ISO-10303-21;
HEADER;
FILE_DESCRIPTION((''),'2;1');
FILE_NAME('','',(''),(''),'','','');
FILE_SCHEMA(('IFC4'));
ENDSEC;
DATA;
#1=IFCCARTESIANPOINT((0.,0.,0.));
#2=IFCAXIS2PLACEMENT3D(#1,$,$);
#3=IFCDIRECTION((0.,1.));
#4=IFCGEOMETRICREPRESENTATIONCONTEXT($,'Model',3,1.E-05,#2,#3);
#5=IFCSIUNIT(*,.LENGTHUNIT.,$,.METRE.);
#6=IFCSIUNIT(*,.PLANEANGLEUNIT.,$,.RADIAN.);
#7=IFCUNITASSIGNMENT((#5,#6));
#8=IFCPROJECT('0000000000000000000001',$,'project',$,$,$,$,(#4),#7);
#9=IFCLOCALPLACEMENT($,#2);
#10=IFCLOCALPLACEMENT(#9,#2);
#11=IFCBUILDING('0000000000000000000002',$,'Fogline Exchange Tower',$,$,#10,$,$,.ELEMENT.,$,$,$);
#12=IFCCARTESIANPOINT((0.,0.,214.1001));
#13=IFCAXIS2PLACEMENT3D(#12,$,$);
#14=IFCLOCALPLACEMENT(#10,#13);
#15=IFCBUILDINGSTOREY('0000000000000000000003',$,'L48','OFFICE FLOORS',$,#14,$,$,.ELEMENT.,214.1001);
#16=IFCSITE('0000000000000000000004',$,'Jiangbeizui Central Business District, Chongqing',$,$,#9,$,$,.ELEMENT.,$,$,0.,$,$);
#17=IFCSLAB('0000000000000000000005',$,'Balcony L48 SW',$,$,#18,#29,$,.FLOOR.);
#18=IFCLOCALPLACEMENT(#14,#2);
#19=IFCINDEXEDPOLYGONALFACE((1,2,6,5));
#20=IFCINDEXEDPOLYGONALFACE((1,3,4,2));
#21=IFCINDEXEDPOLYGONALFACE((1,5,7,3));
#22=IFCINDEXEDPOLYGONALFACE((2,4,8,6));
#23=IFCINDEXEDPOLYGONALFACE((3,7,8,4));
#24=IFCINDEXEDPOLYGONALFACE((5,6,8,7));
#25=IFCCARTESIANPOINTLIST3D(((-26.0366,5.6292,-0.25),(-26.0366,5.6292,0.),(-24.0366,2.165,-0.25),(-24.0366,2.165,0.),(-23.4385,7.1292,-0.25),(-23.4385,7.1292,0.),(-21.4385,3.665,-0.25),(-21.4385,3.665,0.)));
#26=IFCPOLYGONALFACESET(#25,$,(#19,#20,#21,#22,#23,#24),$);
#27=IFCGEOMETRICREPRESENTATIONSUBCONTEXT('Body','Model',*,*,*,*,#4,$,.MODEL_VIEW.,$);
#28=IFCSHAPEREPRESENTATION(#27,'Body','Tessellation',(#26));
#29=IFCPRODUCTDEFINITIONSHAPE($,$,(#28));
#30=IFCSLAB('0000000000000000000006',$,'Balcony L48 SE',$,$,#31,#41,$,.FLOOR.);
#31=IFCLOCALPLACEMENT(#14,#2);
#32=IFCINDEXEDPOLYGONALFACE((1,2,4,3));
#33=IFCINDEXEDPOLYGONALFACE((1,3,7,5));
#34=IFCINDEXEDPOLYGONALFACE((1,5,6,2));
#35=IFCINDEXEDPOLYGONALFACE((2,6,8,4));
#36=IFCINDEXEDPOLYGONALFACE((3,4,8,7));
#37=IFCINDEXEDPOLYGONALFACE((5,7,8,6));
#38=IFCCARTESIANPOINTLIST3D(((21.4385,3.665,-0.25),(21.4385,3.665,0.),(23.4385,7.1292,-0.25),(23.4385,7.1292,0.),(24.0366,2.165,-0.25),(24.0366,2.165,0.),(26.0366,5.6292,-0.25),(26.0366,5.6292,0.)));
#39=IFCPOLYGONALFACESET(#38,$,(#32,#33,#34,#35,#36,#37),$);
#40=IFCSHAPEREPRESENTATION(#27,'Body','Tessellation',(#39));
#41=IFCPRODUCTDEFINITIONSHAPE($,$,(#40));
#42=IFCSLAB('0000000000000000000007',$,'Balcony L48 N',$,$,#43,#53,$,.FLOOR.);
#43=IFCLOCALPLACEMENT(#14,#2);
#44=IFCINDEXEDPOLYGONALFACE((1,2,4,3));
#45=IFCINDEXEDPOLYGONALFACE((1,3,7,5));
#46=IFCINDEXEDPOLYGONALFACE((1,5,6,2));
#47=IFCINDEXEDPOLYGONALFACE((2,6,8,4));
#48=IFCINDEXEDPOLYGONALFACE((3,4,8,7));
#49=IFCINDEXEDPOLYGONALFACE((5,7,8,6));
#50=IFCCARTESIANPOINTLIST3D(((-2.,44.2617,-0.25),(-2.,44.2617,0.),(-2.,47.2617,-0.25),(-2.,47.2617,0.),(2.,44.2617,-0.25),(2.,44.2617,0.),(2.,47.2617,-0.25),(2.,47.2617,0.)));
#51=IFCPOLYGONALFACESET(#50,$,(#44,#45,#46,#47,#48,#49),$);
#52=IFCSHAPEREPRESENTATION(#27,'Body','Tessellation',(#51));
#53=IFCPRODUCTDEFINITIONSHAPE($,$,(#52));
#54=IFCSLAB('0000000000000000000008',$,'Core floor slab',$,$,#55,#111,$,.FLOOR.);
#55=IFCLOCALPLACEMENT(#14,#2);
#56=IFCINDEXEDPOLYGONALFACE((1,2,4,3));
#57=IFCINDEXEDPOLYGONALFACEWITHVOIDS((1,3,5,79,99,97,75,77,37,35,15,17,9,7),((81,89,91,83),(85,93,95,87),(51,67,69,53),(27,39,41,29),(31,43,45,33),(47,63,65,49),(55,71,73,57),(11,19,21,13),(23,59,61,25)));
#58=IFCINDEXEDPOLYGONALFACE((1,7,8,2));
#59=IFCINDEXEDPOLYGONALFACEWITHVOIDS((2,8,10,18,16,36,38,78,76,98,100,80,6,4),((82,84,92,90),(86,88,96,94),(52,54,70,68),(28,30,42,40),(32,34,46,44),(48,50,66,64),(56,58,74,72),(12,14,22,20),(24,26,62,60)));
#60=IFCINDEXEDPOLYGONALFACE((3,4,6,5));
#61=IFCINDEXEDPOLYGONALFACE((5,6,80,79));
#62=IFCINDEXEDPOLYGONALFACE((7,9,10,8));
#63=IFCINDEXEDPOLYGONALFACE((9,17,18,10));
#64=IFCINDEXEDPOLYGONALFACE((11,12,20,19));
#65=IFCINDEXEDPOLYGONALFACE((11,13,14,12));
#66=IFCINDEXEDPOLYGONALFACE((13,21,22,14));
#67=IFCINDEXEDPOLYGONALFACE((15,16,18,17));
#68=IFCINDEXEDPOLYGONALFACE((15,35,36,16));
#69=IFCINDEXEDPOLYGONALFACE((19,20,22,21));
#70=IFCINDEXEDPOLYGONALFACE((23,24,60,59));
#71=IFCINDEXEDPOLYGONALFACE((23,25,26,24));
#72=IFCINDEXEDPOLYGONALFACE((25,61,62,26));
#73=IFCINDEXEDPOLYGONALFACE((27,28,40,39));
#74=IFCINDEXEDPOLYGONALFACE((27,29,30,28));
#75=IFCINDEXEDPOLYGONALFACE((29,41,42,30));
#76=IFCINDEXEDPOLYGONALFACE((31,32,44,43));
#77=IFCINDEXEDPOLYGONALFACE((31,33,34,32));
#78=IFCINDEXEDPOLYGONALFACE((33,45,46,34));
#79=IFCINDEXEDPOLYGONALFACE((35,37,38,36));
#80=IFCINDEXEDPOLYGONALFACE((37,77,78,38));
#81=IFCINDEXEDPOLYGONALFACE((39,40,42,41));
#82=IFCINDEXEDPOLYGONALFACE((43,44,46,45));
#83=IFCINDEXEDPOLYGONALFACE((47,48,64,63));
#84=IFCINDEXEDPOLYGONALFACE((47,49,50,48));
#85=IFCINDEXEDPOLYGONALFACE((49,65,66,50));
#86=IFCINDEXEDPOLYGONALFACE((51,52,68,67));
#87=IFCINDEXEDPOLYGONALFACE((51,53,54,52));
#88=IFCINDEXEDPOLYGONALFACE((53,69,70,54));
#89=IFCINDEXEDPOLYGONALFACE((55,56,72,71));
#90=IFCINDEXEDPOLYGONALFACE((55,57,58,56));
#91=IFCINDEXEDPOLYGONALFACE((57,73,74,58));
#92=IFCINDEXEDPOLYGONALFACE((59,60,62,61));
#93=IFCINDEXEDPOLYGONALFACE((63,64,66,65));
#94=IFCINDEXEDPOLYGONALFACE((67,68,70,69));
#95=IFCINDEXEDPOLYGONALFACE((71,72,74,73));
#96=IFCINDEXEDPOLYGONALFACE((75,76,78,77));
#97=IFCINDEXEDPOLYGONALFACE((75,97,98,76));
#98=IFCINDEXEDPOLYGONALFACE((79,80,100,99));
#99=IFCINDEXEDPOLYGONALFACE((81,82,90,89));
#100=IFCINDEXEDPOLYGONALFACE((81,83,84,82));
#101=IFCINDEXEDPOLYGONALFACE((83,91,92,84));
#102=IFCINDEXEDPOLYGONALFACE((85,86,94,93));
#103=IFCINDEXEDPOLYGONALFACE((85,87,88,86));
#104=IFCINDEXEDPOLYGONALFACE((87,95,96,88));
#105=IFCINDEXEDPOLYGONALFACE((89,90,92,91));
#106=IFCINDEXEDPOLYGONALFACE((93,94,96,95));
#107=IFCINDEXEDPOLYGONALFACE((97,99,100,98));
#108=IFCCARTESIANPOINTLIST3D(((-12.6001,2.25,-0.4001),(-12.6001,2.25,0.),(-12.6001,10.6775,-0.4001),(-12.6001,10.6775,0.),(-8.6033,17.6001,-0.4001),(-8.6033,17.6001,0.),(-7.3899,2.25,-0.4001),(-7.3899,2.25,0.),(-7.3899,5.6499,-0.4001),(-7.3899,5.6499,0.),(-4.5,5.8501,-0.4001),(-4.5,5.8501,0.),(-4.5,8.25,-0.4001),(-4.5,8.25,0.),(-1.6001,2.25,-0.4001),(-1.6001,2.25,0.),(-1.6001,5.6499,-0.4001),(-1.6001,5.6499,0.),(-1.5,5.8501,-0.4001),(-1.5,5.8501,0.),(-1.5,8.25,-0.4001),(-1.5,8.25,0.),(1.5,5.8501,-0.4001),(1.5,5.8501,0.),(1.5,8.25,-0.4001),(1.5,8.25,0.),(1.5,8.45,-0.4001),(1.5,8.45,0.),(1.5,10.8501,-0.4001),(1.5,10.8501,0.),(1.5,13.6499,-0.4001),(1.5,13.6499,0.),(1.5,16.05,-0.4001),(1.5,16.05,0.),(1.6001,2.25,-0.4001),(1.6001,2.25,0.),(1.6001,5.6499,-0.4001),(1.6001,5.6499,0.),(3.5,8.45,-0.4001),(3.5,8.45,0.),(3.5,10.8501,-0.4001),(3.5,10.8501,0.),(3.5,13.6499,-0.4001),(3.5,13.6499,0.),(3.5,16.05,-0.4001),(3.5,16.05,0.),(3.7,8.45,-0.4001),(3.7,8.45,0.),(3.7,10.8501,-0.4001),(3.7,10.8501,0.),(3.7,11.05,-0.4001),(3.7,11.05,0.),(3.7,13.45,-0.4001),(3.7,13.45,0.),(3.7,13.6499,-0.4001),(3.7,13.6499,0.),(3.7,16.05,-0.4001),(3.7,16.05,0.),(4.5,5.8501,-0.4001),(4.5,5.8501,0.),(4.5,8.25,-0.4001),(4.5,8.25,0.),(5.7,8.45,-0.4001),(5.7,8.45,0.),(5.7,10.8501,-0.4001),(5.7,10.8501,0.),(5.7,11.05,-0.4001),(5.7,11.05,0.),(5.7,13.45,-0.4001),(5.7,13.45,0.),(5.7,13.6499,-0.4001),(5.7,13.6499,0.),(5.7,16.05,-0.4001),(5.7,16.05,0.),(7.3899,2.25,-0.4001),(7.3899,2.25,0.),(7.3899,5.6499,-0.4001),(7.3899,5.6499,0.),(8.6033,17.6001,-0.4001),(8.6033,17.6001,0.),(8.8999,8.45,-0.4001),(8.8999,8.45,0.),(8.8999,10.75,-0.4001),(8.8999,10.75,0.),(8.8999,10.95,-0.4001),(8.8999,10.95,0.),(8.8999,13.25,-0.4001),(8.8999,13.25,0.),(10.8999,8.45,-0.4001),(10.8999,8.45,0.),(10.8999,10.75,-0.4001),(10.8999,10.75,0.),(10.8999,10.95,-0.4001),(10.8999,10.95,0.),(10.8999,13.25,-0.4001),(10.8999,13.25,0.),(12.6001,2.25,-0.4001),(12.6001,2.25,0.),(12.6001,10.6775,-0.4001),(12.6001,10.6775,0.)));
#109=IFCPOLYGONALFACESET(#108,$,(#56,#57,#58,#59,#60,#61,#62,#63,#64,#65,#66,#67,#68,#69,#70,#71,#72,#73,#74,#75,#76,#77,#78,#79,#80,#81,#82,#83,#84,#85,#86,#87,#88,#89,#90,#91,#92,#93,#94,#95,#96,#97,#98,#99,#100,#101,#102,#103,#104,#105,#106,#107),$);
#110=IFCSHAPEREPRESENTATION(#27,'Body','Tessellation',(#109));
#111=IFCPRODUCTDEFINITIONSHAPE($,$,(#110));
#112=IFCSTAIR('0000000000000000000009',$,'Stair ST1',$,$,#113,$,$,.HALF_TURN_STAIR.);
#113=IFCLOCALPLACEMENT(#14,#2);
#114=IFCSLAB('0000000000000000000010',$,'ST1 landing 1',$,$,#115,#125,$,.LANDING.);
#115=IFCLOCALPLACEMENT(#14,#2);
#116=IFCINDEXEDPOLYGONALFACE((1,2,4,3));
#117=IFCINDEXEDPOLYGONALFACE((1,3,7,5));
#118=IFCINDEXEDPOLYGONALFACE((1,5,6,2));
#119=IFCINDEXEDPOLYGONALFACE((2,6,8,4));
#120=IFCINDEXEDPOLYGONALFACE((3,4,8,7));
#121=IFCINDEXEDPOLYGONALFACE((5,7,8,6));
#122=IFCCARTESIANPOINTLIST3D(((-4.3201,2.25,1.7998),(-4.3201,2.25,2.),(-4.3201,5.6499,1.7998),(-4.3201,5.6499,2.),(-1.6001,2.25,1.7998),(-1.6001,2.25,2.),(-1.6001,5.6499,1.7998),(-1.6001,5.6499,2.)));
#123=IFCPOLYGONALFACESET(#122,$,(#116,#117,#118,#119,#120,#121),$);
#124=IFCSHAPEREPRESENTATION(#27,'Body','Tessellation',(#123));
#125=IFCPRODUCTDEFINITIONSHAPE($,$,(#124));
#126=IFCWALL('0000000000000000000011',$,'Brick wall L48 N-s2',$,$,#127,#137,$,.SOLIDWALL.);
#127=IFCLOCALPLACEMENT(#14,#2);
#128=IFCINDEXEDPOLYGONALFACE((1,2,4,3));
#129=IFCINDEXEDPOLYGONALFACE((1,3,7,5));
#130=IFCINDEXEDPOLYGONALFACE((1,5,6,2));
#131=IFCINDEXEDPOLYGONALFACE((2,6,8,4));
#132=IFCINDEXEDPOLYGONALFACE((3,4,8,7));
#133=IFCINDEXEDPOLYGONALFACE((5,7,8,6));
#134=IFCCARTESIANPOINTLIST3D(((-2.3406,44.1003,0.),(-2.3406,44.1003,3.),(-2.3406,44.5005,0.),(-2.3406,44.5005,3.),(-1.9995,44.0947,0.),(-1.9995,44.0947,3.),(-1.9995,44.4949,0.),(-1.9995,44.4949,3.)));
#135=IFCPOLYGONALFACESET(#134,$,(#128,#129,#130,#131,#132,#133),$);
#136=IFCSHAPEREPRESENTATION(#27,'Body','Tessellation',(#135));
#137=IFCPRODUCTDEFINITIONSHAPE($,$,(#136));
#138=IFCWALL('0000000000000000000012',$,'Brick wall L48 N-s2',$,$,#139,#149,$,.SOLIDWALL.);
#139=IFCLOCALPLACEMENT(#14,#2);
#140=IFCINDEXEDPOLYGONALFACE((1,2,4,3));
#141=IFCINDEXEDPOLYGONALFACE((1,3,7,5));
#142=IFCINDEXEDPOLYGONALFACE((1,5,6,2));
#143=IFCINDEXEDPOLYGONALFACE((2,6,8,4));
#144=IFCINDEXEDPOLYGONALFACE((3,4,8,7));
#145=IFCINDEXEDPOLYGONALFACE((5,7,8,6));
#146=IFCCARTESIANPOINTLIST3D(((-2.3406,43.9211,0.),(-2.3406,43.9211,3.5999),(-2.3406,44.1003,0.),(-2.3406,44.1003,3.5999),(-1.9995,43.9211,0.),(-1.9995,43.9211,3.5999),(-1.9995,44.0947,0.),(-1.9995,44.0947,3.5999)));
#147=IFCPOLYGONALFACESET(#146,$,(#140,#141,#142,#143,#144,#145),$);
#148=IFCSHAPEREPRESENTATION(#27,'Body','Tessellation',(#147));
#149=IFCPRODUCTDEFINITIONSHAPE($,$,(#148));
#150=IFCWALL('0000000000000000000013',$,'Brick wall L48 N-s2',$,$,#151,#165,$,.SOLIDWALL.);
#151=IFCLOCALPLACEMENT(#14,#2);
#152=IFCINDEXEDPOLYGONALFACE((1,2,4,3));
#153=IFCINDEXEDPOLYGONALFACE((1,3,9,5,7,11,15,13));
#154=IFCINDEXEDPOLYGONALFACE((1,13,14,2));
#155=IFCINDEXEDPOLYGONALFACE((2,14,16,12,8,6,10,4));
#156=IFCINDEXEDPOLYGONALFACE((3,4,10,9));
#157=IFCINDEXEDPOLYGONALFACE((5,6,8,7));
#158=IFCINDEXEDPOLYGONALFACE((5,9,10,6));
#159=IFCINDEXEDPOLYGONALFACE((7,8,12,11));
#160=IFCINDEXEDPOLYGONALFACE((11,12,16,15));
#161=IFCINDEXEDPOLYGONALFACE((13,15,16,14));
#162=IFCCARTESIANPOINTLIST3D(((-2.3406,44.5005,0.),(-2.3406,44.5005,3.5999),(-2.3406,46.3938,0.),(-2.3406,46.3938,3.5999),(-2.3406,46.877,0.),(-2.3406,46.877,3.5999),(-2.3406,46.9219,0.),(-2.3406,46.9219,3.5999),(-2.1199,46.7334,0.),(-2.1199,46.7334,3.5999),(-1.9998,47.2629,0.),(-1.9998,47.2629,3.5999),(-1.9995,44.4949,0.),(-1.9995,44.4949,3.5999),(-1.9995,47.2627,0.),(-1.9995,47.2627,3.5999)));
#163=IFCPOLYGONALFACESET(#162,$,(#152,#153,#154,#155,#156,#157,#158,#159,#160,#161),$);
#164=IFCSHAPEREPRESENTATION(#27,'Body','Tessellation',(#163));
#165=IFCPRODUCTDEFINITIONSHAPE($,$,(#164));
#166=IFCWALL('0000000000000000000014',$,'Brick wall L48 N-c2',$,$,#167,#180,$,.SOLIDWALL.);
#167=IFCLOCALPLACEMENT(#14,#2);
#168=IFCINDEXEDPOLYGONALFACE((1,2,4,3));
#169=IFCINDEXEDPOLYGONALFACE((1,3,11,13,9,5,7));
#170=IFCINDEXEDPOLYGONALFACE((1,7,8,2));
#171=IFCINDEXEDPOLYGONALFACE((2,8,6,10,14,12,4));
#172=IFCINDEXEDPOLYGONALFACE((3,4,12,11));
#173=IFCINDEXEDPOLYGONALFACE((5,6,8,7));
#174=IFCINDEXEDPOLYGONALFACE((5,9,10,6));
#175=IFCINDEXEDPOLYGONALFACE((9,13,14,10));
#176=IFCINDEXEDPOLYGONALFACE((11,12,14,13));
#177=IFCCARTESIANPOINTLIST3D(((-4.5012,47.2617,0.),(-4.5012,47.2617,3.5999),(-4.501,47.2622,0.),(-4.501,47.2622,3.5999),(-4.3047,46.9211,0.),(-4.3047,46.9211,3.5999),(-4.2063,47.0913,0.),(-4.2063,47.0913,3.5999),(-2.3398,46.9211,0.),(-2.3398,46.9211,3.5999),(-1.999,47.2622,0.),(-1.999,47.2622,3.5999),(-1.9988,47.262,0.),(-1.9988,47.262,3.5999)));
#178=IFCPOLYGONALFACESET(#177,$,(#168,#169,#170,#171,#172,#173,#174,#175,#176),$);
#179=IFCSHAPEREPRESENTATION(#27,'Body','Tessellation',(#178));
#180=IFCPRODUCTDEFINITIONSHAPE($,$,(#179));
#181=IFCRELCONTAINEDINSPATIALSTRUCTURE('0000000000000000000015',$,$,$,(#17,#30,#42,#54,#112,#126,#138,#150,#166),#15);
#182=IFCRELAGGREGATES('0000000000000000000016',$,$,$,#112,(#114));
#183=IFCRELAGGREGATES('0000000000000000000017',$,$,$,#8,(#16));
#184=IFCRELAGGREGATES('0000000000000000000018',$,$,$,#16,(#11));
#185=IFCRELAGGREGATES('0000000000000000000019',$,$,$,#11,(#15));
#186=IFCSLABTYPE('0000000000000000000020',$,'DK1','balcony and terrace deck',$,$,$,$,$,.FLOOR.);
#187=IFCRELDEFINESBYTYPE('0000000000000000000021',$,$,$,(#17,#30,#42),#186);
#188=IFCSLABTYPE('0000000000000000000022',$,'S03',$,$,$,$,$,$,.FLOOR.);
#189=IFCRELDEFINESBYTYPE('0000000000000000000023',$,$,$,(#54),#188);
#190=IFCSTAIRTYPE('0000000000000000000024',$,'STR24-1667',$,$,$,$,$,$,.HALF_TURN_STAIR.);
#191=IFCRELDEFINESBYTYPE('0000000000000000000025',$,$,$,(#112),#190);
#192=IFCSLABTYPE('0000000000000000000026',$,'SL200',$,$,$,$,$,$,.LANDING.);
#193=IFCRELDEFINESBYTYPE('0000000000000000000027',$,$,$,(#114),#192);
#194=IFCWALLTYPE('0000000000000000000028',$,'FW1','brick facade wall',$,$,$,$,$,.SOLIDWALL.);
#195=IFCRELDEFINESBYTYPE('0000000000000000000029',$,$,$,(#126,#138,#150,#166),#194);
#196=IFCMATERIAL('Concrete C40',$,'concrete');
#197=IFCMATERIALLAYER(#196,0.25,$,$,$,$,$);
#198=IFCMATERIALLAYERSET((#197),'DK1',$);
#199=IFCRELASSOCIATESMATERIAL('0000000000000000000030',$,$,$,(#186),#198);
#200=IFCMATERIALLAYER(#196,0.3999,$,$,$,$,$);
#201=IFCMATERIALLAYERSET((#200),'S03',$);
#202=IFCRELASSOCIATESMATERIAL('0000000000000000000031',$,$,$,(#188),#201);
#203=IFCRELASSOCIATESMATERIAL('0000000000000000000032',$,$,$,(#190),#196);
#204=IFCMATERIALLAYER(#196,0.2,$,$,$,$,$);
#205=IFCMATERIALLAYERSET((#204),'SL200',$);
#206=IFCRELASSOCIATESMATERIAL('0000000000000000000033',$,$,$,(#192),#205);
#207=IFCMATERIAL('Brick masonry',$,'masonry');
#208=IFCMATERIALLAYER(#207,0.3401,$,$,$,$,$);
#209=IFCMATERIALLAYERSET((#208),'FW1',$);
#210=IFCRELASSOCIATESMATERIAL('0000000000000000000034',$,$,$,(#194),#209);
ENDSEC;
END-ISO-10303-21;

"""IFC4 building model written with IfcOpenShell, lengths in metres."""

from ifc_helpers import new_model, si_unit, direction, frame, origin, place, context, subcontext, project, spatial, polyline, outline, extrude, material, layer, layer_set, type_object, element, aggregate, save


model = new_model("IFC4")

# Units and contexts
model_context = context("Model", 3, precision=1e-05, world=origin(), true_north=direction((0.0, 1.0)))
body_context = subcontext(model_context, "Body", "Model", "MODEL_VIEW")
ifc_project = project(units=[si_unit("LENGTHUNIT", "METRE"), si_unit("PLANEANGLEUNIT", "RADIAN")], contexts=[model_context])

# Site, building, storey
site_placement = place(None, origin())
site = spatial("IfcSite", under=ifc_project, at=site_placement, Name="Jiangbeizui Central Business District, Chongqing", CompositionType="ELEMENT", RefElevation=0.0)
building_placement = place(site_placement, origin())
building = spatial("IfcBuilding", under=site, at=building_placement, Name="Fogline Exchange Tower", CompositionType="ELEMENT")
storey_placement = place(building_placement, frame((0.0, 0.0, 214.1001)))
storey = spatial("IfcBuildingStorey", under=building, at=storey_placement, Name="L48", Description="OFFICE FLOORS", CompositionType="ELEMENT", Elevation=214.1001)

# Slabs
ifc_material_1 = material(Name="Concrete C40", Category="concrete")
ifc_layer_1 = layer(ifc_material_1, 0.25)
ifc_layer_set_1 = layer_set([ifc_layer_1], Name="DK1")
slab_type_1 = type_object("IfcSlabType", Name="DK1", Description="balcony and terrace deck", PredefinedType="FLOOR", material=ifc_layer_set_1)
slab_1_placement = place(storey_placement, frame((0.0, 0.0, -0.25)))
element("IfcSlab", 1, at=slab_1_placement, inside=storey, type_object=slab_type_1, Name="Balcony L48 SW", PredefinedType="FLOOR", context=body_context, shape_type="SweptSolid", body=[
    extrude(outline(polyline([(-26.0366, 5.6292), (-24.0366, 2.165), (-21.4385, 3.665), (-23.4385, 7.1292), (-26.0366, 5.6292)])), origin(), (0.0, 0.0, 1.0), 0.25),
])
slab_2_placement = place(storey_placement, frame((0.0, 0.0, -0.25)))
element("IfcSlab", 2, at=slab_2_placement, inside=storey, type_object=slab_type_1, Name="Balcony L48 SE", PredefinedType="FLOOR", context=body_context, shape_type="SweptSolid", body=[
    extrude(outline(polyline([(24.0366, 2.165), (26.0366, 5.6292), (23.4385, 7.1292), (21.4385, 3.665), (24.0366, 2.165)])), origin(), (0.0, 0.0, 1.0), 0.25),
])
slab_3_placement = place(storey_placement, frame((0.0, 0.0, -0.25)))
element("IfcSlab", 3, at=slab_3_placement, inside=storey, type_object=slab_type_1, Name="Balcony L48 N", PredefinedType="FLOOR", context=body_context, shape_type="SweptSolid", body=[
    extrude(outline(polyline([(2.0, 47.2617), (-2.0, 47.2617), (-2.0, 44.2617), (2.0, 44.2617), (2.0, 47.2617)])), origin(), (0.0, 0.0, 1.0), 0.25),
])
ifc_layer_2 = layer(ifc_material_1, 0.3999)
ifc_layer_set_2 = layer_set([ifc_layer_2], Name="S03")
slab_type_2 = type_object("IfcSlabType", Name="S03", PredefinedType="FLOOR", material=ifc_layer_set_2)
slab_4_placement = place(storey_placement, frame((0.0, 0.0, -0.4001)))
element("IfcSlab", 4, at=slab_4_placement, inside=storey, type_object=slab_type_2, Name="Core floor slab", PredefinedType="FLOOR", context=body_context, shape_type="SweptSolid", body=[
    extrude(outline(polyline([(-12.6001, 2.25), (-12.6001, 10.6775), (-8.6033, 17.6001), (8.6033, 17.6001), (12.6001, 10.6775), (12.6001, 2.25), (7.3899, 2.25), (7.3899, 5.6499), (1.6001, 5.6499), (1.6001, 2.25), (-1.6001, 2.25), (-1.6001, 5.6499), (-7.3899, 5.6499), (-7.3899, 2.25), (-12.6001, 2.25)]), holes=[polyline([(-4.5, 8.25), (-4.5, 5.8501), (-1.5, 5.8501), (-1.5, 8.25), (-4.5, 8.25)]), polyline([(4.5, 8.25), (1.5, 8.25), (1.5, 5.8501), (4.5, 5.8501), (4.5, 8.25)]), polyline([(3.5, 10.8501), (1.5, 10.8501), (1.5, 8.45), (3.5, 8.45), (3.5, 10.8501)]), polyline([(1.5, 16.05), (1.5, 13.6499), (3.5, 13.6499), (3.5, 16.05), (1.5, 16.05)]), polyline([(10.8999, 10.75), (8.8999, 10.75), (8.8999, 8.45), (10.8999, 8.45), (10.8999, 10.75)]), polyline([(5.7, 10.8501), (3.7, 10.8501), (3.7, 8.45), (5.7, 8.45), (5.7, 10.8501)]), polyline([(8.8999, 13.25), (8.8999, 10.95), (10.8999, 10.95), (10.8999, 13.25), (8.8999, 13.25)]), polyline([(5.7, 13.45), (3.7, 13.45), (3.7, 11.05), (5.7, 11.05), (5.7, 13.45)]), polyline([(5.7, 16.05), (3.7, 16.05), (3.7, 13.6499), (5.7, 13.6499), (5.7, 16.05)])]), origin(), (0.0, 0.0, 1.0), 0.4001),
])

# Stair, slab
stair_type = type_object("IfcStairType", Name="STR24-1667", PredefinedType="HALF_TURN_STAIR", material=ifc_material_1)
stair_placement = place(storey_placement, origin())
stair = element("IfcStair", 5, at=stair_placement, inside=storey, type_object=stair_type, Name="Stair ST1", PredefinedType="HALF_TURN_STAIR")
ifc_layer_3 = layer(ifc_material_1, 0.2)
ifc_layer_set_3 = layer_set([ifc_layer_3], Name="SL200")
slab_type_3 = type_object("IfcSlabType", Name="SL200", PredefinedType="LANDING", material=ifc_layer_set_3)
slab_5_placement = place(storey_placement, frame((0.0, 0.0, 1.7998)))
slab_5 = element("IfcSlab", 6, at=slab_5_placement, type_object=slab_type_3, Name="ST1 landing 1", PredefinedType="LANDING", context=body_context, shape_type="SweptSolid", body=[
    extrude(outline(polyline([(-4.3201, 2.25), (-1.6001, 2.25), (-1.6001, 5.6499), (-4.3201, 5.6499), (-4.3201, 2.25)])), origin(), (0.0, 0.0, 1.0), 0.2002),
])
aggregate(stair, [slab_5])

# Walls
ifc_material_2 = material(Name="Brick masonry", Category="masonry")
ifc_layer_4 = layer(ifc_material_2, 0.3401)
ifc_layer_set_4 = layer_set([ifc_layer_4], Name="FW1")
wall_type_1 = type_object("IfcWallType", Name="FW1", Description="brick facade wall", PredefinedType="SOLIDWALL", material=ifc_layer_set_4)
wall_1_placement = place(storey_placement, origin())
element("IfcWall", 7, at=wall_1_placement, inside=storey, type_object=wall_type_1, Name="Brick wall L48 N-s2", PredefinedType="SOLIDWALL", context=body_context, shape_type="SweptSolid", body=[
    extrude(outline(polyline([(-2.3406, 44.5005), (-1.9995, 44.4949), (-1.9995, 44.0947), (-2.3406, 44.1003), (-2.3406, 44.5005)])), origin(), (0.0, 0.0, 1.0), 3.0),
])
wall_2_placement = place(storey_placement, origin())
element("IfcWall", 8, at=wall_2_placement, inside=storey, type_object=wall_type_1, Name="Brick wall L48 N-s2", PredefinedType="SOLIDWALL", context=body_context, shape_type="SweptSolid", body=[
    extrude(outline(polyline([(-2.3406, 43.9211), (-2.3406, 44.1003), (-1.9995, 44.0947), (-1.9995, 43.9211), (-2.3406, 43.9211)])), origin(), (0.0, 0.0, 1.0), 3.5999),
])
wall_3_placement = place(storey_placement, origin())
element("IfcWall", 9, at=wall_3_placement, inside=storey, type_object=wall_type_1, Name="Brick wall L48 N-s2", PredefinedType="SOLIDWALL", context=body_context, shape_type="SweptSolid", body=[
    extrude(outline(polyline([(-2.3406, 46.3938), (-2.1199, 46.7334), (-2.3406, 46.877), (-2.3406, 46.9219), (-1.9998, 47.2629), (-1.9995, 47.2627), (-1.9995, 44.4949), (-2.3406, 44.5005), (-2.3406, 46.3938)])), origin(), (0.0, 0.0, 1.0), 3.5999),
])
wall_4_placement = place(storey_placement, origin())
element("IfcWall", 10, at=wall_4_placement, inside=storey, type_object=wall_type_1, Name="Brick wall L48 N-c2", PredefinedType="SOLIDWALL", context=body_context, shape_type="SweptSolid", body=[
    extrude(outline(polyline([(-4.3047, 46.9211), (-4.2063, 47.0913), (-4.5012, 47.2617), (-4.501, 47.2622), (-1.999, 47.2622), (-1.9988, 47.262), (-2.3398, 46.9211), (-4.3047, 46.9211)])), origin(), (0.0, 0.0, 1.0), 3.5999),
])

save(model, "model.ifc")
